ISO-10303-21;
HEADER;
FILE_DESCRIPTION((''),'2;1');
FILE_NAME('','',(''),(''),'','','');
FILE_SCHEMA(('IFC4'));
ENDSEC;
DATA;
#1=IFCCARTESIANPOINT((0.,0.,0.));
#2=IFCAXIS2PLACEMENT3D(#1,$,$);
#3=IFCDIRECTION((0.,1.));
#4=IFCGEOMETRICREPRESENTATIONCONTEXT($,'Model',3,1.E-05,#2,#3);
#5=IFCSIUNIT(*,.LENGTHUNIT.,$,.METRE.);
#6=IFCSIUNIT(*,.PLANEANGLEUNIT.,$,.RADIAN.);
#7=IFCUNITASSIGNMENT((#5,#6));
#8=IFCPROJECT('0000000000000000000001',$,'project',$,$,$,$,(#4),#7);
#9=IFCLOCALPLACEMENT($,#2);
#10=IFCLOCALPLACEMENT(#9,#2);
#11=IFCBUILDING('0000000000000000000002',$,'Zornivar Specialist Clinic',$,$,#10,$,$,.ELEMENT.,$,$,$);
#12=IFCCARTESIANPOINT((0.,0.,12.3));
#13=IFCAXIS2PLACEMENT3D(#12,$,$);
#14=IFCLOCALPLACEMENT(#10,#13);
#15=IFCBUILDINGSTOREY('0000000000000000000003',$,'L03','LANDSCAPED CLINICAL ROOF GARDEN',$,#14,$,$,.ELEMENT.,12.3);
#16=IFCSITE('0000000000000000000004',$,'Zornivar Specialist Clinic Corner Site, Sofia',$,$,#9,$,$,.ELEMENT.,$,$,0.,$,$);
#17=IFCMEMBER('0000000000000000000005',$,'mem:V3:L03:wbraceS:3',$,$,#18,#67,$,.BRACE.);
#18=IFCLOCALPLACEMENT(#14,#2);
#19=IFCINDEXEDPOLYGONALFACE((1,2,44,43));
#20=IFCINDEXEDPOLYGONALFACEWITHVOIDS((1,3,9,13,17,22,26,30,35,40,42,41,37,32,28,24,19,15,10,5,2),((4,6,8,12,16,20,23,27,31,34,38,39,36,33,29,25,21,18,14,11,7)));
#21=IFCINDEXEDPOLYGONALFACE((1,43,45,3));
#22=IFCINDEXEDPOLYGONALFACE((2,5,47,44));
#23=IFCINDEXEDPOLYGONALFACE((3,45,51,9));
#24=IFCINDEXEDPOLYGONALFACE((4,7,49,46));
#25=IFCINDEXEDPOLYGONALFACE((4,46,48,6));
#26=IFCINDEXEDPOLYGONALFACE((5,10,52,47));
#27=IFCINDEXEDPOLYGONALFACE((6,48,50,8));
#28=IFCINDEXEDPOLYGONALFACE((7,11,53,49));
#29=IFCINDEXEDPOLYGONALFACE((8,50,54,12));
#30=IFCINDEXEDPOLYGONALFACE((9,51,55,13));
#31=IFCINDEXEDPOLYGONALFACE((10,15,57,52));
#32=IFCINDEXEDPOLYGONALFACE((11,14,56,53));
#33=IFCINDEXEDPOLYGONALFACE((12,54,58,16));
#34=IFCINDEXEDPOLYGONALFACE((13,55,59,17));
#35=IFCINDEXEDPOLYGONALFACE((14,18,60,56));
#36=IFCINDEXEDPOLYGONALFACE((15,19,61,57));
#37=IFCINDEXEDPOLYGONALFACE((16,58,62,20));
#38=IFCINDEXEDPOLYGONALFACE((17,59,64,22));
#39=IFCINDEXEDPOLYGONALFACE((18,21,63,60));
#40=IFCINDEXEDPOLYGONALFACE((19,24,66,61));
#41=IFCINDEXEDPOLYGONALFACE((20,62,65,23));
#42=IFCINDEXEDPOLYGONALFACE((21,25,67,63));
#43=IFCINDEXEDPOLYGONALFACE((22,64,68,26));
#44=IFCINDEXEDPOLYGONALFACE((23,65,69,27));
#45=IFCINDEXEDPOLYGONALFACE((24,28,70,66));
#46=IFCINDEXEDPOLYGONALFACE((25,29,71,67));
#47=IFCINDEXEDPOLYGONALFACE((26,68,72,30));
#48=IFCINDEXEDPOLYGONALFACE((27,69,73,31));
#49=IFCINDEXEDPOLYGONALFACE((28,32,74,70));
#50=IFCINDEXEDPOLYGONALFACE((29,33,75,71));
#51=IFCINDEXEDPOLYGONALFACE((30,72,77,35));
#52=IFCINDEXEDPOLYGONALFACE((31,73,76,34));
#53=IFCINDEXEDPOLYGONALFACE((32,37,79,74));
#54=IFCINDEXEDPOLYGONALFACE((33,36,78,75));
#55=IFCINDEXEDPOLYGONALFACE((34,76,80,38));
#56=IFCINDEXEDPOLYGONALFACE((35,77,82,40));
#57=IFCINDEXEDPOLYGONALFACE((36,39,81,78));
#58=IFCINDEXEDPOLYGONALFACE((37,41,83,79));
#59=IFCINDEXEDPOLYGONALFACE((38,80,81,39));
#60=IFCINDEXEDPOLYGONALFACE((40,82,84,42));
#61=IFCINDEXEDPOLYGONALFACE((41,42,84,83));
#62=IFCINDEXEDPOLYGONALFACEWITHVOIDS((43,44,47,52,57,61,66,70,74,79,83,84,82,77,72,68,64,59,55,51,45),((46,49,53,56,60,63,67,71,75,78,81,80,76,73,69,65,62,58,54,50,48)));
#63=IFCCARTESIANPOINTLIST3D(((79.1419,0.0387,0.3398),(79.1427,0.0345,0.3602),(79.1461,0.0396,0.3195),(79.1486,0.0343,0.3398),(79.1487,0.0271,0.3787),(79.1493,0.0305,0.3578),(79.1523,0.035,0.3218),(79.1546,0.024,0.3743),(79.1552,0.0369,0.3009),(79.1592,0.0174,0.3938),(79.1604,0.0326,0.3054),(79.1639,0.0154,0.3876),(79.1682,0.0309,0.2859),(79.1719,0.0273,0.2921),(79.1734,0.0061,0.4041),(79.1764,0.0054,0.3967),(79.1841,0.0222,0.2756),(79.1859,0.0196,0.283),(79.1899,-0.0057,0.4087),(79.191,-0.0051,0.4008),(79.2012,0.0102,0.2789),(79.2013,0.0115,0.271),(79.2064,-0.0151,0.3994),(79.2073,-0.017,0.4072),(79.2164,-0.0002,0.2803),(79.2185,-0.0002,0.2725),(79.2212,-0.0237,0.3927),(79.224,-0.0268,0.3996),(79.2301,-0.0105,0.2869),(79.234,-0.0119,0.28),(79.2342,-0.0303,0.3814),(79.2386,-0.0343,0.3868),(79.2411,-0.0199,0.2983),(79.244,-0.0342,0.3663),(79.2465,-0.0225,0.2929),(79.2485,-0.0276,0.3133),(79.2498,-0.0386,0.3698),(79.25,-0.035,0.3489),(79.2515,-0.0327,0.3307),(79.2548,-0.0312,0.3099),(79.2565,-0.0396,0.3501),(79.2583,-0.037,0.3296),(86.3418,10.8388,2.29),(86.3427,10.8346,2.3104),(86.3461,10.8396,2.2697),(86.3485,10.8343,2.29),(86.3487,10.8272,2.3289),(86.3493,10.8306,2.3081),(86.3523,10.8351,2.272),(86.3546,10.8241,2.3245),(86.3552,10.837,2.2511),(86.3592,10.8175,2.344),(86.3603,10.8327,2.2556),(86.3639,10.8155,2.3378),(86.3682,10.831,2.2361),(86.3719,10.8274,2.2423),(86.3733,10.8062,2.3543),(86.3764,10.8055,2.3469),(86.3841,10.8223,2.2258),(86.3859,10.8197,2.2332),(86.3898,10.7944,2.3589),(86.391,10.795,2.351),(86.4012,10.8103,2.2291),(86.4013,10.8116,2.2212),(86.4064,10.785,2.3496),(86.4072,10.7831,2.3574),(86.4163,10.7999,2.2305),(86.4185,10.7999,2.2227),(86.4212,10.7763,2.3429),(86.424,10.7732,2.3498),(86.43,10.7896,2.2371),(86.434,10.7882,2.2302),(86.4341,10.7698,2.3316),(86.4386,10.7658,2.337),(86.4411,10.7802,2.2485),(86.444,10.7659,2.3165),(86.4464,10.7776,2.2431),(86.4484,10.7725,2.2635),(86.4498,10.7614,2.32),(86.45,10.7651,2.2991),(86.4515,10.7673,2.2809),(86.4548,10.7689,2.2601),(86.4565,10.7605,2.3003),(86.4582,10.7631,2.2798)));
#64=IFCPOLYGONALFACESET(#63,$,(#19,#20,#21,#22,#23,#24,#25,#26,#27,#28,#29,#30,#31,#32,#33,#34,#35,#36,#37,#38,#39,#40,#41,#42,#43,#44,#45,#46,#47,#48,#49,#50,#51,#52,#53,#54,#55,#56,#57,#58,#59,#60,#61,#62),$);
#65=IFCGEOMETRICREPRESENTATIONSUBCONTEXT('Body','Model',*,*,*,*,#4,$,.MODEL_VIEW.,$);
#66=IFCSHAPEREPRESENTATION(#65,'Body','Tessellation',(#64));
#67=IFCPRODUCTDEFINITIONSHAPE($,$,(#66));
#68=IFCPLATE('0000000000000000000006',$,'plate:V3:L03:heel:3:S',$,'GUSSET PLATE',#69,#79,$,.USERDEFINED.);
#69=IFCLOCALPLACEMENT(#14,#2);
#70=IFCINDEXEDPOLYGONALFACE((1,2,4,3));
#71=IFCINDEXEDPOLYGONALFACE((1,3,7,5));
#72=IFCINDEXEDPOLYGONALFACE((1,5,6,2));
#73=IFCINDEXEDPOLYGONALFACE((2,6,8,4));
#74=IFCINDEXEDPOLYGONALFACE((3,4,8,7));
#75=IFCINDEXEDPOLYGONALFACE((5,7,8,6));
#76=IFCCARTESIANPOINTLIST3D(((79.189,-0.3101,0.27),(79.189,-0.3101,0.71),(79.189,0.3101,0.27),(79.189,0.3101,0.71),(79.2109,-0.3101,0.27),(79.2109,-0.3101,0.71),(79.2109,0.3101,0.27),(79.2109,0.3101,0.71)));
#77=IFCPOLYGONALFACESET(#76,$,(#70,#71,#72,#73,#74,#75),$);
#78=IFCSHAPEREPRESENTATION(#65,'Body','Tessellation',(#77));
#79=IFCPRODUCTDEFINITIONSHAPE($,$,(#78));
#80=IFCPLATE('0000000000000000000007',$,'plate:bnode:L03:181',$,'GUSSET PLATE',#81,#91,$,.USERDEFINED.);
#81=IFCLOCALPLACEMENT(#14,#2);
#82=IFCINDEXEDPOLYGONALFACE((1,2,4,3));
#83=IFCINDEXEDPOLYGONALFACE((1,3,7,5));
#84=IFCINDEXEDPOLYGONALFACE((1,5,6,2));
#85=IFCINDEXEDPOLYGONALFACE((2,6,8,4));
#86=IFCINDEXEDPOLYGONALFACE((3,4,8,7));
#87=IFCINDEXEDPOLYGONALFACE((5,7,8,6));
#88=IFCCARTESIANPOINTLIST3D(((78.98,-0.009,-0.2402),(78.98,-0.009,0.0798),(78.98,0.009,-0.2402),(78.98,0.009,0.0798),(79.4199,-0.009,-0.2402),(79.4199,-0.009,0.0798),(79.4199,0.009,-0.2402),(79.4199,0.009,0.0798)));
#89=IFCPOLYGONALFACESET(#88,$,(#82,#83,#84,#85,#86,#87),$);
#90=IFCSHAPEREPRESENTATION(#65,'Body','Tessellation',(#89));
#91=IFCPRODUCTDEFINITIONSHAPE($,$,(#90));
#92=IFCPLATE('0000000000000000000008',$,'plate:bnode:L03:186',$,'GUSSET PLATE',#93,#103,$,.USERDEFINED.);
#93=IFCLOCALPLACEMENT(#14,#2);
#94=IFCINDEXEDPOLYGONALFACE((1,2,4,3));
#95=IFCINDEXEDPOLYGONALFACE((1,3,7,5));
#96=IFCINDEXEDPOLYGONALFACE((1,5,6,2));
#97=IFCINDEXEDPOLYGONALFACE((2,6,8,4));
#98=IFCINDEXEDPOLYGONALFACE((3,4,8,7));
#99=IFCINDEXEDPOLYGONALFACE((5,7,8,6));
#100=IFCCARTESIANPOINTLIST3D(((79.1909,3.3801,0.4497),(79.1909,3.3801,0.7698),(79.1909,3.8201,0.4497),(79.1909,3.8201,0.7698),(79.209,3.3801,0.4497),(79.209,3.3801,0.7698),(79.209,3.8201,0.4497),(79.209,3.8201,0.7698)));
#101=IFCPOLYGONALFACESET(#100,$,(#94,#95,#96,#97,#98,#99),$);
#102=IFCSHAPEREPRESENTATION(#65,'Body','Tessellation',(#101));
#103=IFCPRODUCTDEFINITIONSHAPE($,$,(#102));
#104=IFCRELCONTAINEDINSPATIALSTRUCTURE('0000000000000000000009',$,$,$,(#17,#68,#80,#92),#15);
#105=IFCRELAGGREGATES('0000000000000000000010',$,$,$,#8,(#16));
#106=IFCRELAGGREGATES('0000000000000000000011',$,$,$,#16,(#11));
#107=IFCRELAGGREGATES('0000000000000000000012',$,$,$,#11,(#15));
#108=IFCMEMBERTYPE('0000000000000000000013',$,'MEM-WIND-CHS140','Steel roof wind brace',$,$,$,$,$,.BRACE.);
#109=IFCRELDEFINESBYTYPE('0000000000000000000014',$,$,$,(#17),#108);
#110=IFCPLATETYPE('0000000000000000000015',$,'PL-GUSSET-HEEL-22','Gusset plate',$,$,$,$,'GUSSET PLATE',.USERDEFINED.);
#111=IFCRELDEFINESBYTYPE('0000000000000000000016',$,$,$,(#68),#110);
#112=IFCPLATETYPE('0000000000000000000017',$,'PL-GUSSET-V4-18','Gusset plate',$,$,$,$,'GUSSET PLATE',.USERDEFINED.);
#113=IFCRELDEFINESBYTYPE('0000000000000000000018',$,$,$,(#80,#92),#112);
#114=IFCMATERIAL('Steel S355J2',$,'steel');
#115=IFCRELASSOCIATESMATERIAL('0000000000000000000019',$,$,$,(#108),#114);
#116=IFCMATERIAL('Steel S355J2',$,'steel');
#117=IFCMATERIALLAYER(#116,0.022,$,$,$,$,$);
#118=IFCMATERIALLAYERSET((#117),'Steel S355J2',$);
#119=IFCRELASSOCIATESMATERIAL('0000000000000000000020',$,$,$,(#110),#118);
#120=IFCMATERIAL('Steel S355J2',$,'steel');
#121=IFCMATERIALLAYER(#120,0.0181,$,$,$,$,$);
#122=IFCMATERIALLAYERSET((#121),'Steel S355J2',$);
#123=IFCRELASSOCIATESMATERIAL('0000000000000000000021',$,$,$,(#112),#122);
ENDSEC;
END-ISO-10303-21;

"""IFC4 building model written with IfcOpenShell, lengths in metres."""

from ifc_helpers import new_model, si_unit, direction, frame, origin, origin_2d, place, context, subcontext, project, spatial, rectangle, hollow_circle, extrude, material, layer, layer_set, material_profile, profile_set, type_object, element, save


model = new_model("IFC4")

# Units and contexts
model_context = context("Model", 3, precision=1e-05, world=origin(), true_north=direction((0.0, 1.0)))
body_context = subcontext(model_context, "Body", "Model", "MODEL_VIEW")
ifc_project = project(units=[si_unit("LENGTHUNIT", "METRE"), si_unit("PLANEANGLEUNIT", "RADIAN")], contexts=[model_context])

# Site, building, storey
site_placement = place(None, origin())
site = spatial("IfcSite", under=ifc_project, at=site_placement, Name="Zornivar Specialist Clinic Corner Site, Sofia", CompositionType="ELEMENT", RefElevation=0.0)
building_placement = place(site_placement, origin())
building = spatial("IfcBuilding", under=site, at=building_placement, Name="Zornivar Specialist Clinic", CompositionType="ELEMENT")
storey_placement = place(building_placement, frame((0.0, 0.0, 12.3)))
storey = spatial("IfcBuildingStorey", under=building, at=storey_placement, Name="L03", Description="LANDSCAPED CLINICAL ROOF GARDEN", CompositionType="ELEMENT", Elevation=12.3)

# Member
ifc_material_1 = material(Name="Steel S355J2", Category="steel")
ifc_material_profile_1 = material_profile(ifc_material_1, hollow_circle(Radius=0.0698, WallThickness=0.0081, at=origin_2d()), Name="CHS 139.7x8")
ifc_profile_set_1 = profile_set([ifc_material_profile_1], Name="Steel S355J2")
member_type_1 = type_object("IfcMemberType", Name="MEM-WIND-CHS140", Description="Steel roof wind brace", PredefinedType="BRACE", material=ifc_profile_set_1)
member_1_placement = place(storey_placement, frame((79.2, 0.0, 0.3398), z_axis=(0.548539, 0.822818, 0.148579), x_axis=(-0.832053, 0.554696, 0.0)))
element("IfcMember", 1, at=member_1_placement, inside=storey, type_object=member_type_1, Name="mem:V3:L03:wbraceS:3", PredefinedType="BRACE", context=body_context, shape_type="SweptSolid", body=[
    extrude(hollow_circle(Radius=0.0698, WallThickness=0.0081, at=origin_2d()), origin(), (0.0, 0.0, 1.0), 13.1257),
])

# Plates
ifc_material_2 = material(Name="Steel S355J2", Category="steel")
ifc_layer_1 = layer(ifc_material_2, 0.022)
ifc_layer_set_1 = layer_set([ifc_layer_1], Name="Steel S355J2")
plate_type_1 = type_object("IfcPlateType", Name="PL-GUSSET-HEEL-22", Description="Gusset plate", ElementType="GUSSET PLATE", PredefinedType="USERDEFINED", material=ifc_layer_set_1)
plate_placement = place(storey_placement, frame((79.2, 0.0, 0.27), z_axis=(0.0, 0.0, 1.0), x_axis=(1.0, 0.0, 0.0)))
element("IfcPlate", 2, at=plate_placement, inside=storey, type_object=plate_type_1, Name="plate:V3:L03:heel:3:S", ObjectType="GUSSET PLATE", PredefinedType="USERDEFINED", context=body_context, shape_type="SweptSolid", body=[
    extrude(rectangle(XDim=0.022, YDim=0.6201, at=origin_2d()), origin(), (0.0, 0.0, 1.0), 0.4399),
])
ifc_material_3 = material(Name="Steel S355J2", Category="steel")
ifc_layer_2 = layer(ifc_material_3, 0.0181)
ifc_layer_set_2 = layer_set([ifc_layer_2], Name="Steel S355J2")
plate_type_2 = type_object("IfcPlateType", Name="PL-GUSSET-V4-18", Description="Gusset plate", ElementType="GUSSET PLATE", PredefinedType="USERDEFINED", material=ifc_layer_set_2)
for number, where, z_axis, x_axis, name in (
    (3, (79.2, 0.0, -0.2402), (0.0, 0.0, 1.0), (1.0, 0.0, 0.0), "plate:bnode:L03:181"),
    (4, (79.2, 3.6001, 0.4497), (0.0, 0.0, 1.0), (0.0, 1.0, 0.0), "plate:bnode:L03:186"),
):
    element("IfcPlate", number, at=place(storey_placement, frame(where, z_axis=z_axis, x_axis=x_axis)), inside=storey, type_object=plate_type_2, Name=name, ObjectType="GUSSET PLATE", PredefinedType="USERDEFINED", context=body_context, shape_type="SweptSolid", body=[
        extrude(rectangle(XDim=0.4399, YDim=0.0181, at=origin_2d()), origin(), (0.0, 0.0, 1.0), 0.3201),
    ])

save(model, "model.ifc")
